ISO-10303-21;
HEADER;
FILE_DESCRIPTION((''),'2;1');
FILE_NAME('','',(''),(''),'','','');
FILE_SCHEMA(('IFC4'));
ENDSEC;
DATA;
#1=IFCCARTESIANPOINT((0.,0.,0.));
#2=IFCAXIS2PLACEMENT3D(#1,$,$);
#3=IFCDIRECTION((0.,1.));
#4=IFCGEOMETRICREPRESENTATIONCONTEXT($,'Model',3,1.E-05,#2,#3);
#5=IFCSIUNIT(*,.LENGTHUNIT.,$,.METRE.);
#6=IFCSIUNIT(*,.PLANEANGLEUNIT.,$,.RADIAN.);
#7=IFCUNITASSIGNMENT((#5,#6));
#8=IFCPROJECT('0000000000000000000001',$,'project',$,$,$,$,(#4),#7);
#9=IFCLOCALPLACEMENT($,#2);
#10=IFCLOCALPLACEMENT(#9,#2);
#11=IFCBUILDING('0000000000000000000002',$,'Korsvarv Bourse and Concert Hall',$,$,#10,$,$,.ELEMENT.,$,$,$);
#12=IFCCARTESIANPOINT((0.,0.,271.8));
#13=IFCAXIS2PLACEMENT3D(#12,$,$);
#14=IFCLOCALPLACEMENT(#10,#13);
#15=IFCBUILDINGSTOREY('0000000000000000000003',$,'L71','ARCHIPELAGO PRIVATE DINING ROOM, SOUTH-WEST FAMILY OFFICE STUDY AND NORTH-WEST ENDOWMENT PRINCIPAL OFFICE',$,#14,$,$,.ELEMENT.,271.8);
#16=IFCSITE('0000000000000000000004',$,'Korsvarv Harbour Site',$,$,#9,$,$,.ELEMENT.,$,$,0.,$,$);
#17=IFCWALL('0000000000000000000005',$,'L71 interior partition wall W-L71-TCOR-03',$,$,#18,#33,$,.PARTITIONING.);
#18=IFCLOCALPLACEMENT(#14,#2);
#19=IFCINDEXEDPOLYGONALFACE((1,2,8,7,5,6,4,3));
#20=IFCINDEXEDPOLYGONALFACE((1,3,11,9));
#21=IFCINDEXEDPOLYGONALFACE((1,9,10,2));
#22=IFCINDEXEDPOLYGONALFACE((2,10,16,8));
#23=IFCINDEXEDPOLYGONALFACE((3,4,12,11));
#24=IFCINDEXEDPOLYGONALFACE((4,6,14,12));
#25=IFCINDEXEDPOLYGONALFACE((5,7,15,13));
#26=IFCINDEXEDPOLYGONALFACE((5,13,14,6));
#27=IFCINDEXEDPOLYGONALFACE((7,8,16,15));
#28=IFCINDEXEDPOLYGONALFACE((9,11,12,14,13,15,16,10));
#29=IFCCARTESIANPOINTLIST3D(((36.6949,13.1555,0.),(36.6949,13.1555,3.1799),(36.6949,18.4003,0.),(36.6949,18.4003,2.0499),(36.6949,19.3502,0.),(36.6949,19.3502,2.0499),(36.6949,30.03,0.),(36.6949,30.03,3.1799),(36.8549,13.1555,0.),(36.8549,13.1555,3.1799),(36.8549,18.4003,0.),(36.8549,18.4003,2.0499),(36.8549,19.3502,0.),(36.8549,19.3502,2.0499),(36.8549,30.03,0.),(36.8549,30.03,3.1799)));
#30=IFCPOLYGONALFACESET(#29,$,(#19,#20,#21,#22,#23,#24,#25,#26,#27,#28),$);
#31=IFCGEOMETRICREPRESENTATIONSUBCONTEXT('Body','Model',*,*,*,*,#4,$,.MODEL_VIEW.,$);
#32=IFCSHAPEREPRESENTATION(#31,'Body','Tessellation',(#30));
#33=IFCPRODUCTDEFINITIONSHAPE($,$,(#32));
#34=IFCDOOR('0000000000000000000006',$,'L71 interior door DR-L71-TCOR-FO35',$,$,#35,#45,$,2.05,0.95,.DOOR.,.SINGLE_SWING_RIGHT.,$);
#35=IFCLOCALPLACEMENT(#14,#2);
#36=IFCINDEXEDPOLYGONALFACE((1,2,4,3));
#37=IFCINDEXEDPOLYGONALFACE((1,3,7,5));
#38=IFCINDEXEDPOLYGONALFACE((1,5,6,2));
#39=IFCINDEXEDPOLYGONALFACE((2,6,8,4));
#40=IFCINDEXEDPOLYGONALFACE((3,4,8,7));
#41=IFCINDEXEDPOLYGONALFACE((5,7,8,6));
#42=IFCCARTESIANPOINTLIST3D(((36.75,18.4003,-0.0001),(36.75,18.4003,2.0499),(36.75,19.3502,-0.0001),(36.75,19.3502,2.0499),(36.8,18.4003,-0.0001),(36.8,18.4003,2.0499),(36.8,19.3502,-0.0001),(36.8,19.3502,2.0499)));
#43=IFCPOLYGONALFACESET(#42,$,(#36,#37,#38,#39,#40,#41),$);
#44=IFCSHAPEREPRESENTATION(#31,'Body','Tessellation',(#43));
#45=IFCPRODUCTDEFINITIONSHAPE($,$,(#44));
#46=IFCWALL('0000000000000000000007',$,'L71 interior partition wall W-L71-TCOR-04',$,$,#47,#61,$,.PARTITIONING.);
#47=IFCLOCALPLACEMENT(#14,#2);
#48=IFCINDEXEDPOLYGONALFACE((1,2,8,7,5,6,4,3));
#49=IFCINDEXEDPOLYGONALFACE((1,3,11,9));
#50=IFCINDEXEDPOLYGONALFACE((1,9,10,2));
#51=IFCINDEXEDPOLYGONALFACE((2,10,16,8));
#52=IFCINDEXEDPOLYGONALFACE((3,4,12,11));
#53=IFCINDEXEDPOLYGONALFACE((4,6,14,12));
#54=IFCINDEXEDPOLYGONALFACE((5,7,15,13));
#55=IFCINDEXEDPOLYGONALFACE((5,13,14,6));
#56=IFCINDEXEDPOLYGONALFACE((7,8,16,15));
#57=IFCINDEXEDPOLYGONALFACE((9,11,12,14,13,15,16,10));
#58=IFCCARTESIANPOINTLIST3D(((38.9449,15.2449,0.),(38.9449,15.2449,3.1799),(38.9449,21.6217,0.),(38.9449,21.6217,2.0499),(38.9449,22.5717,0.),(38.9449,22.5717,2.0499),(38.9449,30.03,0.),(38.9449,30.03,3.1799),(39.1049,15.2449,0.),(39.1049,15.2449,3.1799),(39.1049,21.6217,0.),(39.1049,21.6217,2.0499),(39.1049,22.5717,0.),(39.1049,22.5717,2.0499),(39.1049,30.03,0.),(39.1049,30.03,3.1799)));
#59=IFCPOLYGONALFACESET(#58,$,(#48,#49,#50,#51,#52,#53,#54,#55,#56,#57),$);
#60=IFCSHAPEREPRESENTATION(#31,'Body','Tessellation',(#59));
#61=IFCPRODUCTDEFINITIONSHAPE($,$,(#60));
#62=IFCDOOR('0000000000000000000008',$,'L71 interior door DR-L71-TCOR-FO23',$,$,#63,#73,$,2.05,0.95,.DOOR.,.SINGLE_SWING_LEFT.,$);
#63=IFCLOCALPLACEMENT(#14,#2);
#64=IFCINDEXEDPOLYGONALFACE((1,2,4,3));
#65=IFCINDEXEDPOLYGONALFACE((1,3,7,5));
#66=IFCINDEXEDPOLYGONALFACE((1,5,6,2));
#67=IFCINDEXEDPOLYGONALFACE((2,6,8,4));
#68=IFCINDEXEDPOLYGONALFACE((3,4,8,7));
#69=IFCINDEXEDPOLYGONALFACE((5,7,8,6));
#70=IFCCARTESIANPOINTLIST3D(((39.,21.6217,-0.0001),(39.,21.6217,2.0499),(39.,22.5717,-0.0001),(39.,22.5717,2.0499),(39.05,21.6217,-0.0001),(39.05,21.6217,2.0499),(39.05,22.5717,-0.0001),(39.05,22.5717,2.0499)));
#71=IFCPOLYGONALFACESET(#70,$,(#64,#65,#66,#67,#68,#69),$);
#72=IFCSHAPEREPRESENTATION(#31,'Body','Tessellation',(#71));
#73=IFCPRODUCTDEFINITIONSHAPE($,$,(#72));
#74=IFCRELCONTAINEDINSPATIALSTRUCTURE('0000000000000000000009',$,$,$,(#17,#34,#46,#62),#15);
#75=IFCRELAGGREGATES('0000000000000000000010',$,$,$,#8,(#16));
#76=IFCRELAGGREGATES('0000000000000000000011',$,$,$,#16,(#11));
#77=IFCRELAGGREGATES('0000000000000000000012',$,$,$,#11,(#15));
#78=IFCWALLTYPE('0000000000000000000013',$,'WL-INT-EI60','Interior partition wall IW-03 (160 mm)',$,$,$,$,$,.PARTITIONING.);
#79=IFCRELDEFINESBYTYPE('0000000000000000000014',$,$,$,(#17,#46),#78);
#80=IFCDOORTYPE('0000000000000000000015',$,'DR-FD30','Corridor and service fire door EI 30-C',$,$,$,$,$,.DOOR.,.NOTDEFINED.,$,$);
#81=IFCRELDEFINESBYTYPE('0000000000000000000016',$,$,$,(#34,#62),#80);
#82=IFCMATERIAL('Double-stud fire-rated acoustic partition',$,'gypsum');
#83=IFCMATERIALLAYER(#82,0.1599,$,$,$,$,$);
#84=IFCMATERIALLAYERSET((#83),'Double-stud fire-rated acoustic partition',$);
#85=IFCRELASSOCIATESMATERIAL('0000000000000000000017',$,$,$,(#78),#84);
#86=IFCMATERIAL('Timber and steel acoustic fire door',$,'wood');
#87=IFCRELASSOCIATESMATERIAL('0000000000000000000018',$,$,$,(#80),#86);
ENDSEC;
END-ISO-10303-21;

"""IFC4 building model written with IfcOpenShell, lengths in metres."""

from ifc_helpers import new_model, si_unit, direction, frame, frame_2d, origin, place, context, subcontext, project, spatial, rectangle, extrude, material, layer, layer_set, type_object, element, fill, save


model = new_model("IFC4")

# Units and contexts
model_context = context("Model", 3, precision=1e-05, world=origin(), true_north=direction((0.0, 1.0)))
body_context = subcontext(model_context, "Body", "Model", "MODEL_VIEW")
ifc_project = project(units=[si_unit("LENGTHUNIT", "METRE"), si_unit("PLANEANGLEUNIT", "RADIAN")], contexts=[model_context])

# Site, building, storey
site_placement = place(None, origin())
site = spatial("IfcSite", under=ifc_project, at=site_placement, Name="Korsvarv Harbour Site", CompositionType="ELEMENT", RefElevation=0.0)
building_placement = place(site_placement, origin())
building = spatial("IfcBuilding", under=site, at=building_placement, Name="Korsvarv Bourse and Concert Hall", CompositionType="ELEMENT")
storey_placement = place(building_placement, frame((0.0, 0.0, 271.8)))
storey = spatial("IfcBuildingStorey", under=building, at=storey_placement, Name="L71", Description="ARCHIPELAGO PRIVATE DINING ROOM, SOUTH-WEST FAMILY OFFICE STUDY AND NORTH-WEST ENDOWMENT PRINCIPAL OFFICE", CompositionType="ELEMENT", Elevation=271.8)

# Walls, openings, doors
ifc_material_1 = material(Name="Double-stud fire-rated acoustic partition", Category="gypsum")
ifc_layer_1 = layer(ifc_material_1, 0.1599)
ifc_layer_set_1 = layer_set([ifc_layer_1], Name="Double-stud fire-rated acoustic partition")
wall_type_1 = type_object("IfcWallType", Name="WL-INT-EI60", Description="Interior partition wall IW-03 (160 mm)", PredefinedType="PARTITIONING", material=ifc_layer_set_1)
wall_1_placement = place(storey_placement, frame((36.7749, 13.1555, 0.0), z_axis=(0.0, 0.0, 1.0), x_axis=(0.0, 1.0, 0.0)))
wall_1 = element("IfcWall", 1, at=wall_1_placement, inside=storey, type_object=wall_type_1, Name="L71 interior partition wall W-L71-TCOR-03", PredefinedType="PARTITIONING", context=body_context, shape_type="SweptSolid", body=[
    extrude(rectangle(XDim=16.8745, YDim=0.1599, at=frame_2d((8.4373, 0.0))), origin(), (0.0, 0.0, 1.0), 3.1799),
])
opening_1_placement = place(wall_1_placement, frame((5.2446, 0.0, 0.0)))
opening_1 = element("IfcOpeningElement", 2, at=opening_1_placement, cuts=wall_1, PredefinedType="OPENING", context=body_context, shape_type="SweptSolid", body=[
    extrude(rectangle(XDim=0.95, YDim=2.05, at=frame_2d((0.4751, 1.0249))), frame((0.0, 0.0898, 0.0), z_axis=(0.0, -1.0, 0.0), x_axis=(1.0, 0.0, 0.0)), (0.0, 0.0, 1.0), 0.1799),
])
ifc_material_2 = material(Name="Timber and steel acoustic fire door", Category="wood")
door_type = type_object("IfcDoorType", Name="DR-FD30", Description="Corridor and service fire door EI 30-C", OperationType="NOTDEFINED", PredefinedType="DOOR", material=ifc_material_2)
door_1_placement = place(opening_1_placement, origin())
door_1 = element("IfcDoor", 3, at=door_1_placement, inside=storey, type_object=door_type, Name="L71 interior door DR-L71-TCOR-FO35", OperationType="SINGLE_SWING_RIGHT", OverallHeight=2.05, OverallWidth=0.95, PredefinedType="DOOR", context=body_context, shape_type="SweptSolid", body=[
    extrude(rectangle(XDim=0.95, YDim=2.05, at=frame_2d((0.4751, 1.0249))), frame((0.0, 0.0249, 0.0), z_axis=(0.0, -1.0, 0.0), x_axis=(1.0, 0.0, 0.0)), (0.0, 0.0, 1.0), 0.05),
])
fill(opening_1, door_1)
wall_2_placement = place(storey_placement, frame((39.0249, 15.2449, 0.0), z_axis=(0.0, 0.0, 1.0), x_axis=(0.0, 1.0, 0.0)))
wall_2 = element("IfcWall", 4, at=wall_2_placement, inside=storey, type_object=wall_type_1, Name="L71 interior partition wall W-L71-TCOR-04", PredefinedType="PARTITIONING", context=body_context, shape_type="SweptSolid", body=[
    extrude(rectangle(XDim=14.7852, YDim=0.1599, at=frame_2d((7.3926, 0.0))), origin(), (0.0, 0.0, 1.0), 3.1799),
])
opening_2_placement = place(wall_2_placement, frame((6.3767, 0.0, 0.0)))
opening_2 = element("IfcOpeningElement", 5, at=opening_2_placement, cuts=wall_2, PredefinedType="OPENING", context=body_context, shape_type="SweptSolid", body=[
    extrude(rectangle(XDim=0.95, YDim=2.05, at=frame_2d((0.4751, 1.0249))), frame((0.0, 0.0898, 0.0), z_axis=(0.0, -1.0, 0.0), x_axis=(1.0, 0.0, 0.0)), (0.0, 0.0, 1.0), 0.1799),
])
door_2_placement = place(opening_2_placement, origin())
door_2 = element("IfcDoor", 6, at=door_2_placement, inside=storey, type_object=door_type, Name="L71 interior door DR-L71-TCOR-FO23", OperationType="SINGLE_SWING_LEFT", OverallHeight=2.05, OverallWidth=0.95, PredefinedType="DOOR", context=body_context, shape_type="SweptSolid", body=[
    extrude(rectangle(XDim=0.95, YDim=2.05, at=frame_2d((0.4751, 1.0249))), frame((0.0, 0.0249, 0.0), z_axis=(0.0, -1.0, 0.0), x_axis=(1.0, 0.0, 0.0)), (0.0, 0.0, 1.0), 0.05),
])
fill(opening_2, door_2)

save(model, "model.ifc")
